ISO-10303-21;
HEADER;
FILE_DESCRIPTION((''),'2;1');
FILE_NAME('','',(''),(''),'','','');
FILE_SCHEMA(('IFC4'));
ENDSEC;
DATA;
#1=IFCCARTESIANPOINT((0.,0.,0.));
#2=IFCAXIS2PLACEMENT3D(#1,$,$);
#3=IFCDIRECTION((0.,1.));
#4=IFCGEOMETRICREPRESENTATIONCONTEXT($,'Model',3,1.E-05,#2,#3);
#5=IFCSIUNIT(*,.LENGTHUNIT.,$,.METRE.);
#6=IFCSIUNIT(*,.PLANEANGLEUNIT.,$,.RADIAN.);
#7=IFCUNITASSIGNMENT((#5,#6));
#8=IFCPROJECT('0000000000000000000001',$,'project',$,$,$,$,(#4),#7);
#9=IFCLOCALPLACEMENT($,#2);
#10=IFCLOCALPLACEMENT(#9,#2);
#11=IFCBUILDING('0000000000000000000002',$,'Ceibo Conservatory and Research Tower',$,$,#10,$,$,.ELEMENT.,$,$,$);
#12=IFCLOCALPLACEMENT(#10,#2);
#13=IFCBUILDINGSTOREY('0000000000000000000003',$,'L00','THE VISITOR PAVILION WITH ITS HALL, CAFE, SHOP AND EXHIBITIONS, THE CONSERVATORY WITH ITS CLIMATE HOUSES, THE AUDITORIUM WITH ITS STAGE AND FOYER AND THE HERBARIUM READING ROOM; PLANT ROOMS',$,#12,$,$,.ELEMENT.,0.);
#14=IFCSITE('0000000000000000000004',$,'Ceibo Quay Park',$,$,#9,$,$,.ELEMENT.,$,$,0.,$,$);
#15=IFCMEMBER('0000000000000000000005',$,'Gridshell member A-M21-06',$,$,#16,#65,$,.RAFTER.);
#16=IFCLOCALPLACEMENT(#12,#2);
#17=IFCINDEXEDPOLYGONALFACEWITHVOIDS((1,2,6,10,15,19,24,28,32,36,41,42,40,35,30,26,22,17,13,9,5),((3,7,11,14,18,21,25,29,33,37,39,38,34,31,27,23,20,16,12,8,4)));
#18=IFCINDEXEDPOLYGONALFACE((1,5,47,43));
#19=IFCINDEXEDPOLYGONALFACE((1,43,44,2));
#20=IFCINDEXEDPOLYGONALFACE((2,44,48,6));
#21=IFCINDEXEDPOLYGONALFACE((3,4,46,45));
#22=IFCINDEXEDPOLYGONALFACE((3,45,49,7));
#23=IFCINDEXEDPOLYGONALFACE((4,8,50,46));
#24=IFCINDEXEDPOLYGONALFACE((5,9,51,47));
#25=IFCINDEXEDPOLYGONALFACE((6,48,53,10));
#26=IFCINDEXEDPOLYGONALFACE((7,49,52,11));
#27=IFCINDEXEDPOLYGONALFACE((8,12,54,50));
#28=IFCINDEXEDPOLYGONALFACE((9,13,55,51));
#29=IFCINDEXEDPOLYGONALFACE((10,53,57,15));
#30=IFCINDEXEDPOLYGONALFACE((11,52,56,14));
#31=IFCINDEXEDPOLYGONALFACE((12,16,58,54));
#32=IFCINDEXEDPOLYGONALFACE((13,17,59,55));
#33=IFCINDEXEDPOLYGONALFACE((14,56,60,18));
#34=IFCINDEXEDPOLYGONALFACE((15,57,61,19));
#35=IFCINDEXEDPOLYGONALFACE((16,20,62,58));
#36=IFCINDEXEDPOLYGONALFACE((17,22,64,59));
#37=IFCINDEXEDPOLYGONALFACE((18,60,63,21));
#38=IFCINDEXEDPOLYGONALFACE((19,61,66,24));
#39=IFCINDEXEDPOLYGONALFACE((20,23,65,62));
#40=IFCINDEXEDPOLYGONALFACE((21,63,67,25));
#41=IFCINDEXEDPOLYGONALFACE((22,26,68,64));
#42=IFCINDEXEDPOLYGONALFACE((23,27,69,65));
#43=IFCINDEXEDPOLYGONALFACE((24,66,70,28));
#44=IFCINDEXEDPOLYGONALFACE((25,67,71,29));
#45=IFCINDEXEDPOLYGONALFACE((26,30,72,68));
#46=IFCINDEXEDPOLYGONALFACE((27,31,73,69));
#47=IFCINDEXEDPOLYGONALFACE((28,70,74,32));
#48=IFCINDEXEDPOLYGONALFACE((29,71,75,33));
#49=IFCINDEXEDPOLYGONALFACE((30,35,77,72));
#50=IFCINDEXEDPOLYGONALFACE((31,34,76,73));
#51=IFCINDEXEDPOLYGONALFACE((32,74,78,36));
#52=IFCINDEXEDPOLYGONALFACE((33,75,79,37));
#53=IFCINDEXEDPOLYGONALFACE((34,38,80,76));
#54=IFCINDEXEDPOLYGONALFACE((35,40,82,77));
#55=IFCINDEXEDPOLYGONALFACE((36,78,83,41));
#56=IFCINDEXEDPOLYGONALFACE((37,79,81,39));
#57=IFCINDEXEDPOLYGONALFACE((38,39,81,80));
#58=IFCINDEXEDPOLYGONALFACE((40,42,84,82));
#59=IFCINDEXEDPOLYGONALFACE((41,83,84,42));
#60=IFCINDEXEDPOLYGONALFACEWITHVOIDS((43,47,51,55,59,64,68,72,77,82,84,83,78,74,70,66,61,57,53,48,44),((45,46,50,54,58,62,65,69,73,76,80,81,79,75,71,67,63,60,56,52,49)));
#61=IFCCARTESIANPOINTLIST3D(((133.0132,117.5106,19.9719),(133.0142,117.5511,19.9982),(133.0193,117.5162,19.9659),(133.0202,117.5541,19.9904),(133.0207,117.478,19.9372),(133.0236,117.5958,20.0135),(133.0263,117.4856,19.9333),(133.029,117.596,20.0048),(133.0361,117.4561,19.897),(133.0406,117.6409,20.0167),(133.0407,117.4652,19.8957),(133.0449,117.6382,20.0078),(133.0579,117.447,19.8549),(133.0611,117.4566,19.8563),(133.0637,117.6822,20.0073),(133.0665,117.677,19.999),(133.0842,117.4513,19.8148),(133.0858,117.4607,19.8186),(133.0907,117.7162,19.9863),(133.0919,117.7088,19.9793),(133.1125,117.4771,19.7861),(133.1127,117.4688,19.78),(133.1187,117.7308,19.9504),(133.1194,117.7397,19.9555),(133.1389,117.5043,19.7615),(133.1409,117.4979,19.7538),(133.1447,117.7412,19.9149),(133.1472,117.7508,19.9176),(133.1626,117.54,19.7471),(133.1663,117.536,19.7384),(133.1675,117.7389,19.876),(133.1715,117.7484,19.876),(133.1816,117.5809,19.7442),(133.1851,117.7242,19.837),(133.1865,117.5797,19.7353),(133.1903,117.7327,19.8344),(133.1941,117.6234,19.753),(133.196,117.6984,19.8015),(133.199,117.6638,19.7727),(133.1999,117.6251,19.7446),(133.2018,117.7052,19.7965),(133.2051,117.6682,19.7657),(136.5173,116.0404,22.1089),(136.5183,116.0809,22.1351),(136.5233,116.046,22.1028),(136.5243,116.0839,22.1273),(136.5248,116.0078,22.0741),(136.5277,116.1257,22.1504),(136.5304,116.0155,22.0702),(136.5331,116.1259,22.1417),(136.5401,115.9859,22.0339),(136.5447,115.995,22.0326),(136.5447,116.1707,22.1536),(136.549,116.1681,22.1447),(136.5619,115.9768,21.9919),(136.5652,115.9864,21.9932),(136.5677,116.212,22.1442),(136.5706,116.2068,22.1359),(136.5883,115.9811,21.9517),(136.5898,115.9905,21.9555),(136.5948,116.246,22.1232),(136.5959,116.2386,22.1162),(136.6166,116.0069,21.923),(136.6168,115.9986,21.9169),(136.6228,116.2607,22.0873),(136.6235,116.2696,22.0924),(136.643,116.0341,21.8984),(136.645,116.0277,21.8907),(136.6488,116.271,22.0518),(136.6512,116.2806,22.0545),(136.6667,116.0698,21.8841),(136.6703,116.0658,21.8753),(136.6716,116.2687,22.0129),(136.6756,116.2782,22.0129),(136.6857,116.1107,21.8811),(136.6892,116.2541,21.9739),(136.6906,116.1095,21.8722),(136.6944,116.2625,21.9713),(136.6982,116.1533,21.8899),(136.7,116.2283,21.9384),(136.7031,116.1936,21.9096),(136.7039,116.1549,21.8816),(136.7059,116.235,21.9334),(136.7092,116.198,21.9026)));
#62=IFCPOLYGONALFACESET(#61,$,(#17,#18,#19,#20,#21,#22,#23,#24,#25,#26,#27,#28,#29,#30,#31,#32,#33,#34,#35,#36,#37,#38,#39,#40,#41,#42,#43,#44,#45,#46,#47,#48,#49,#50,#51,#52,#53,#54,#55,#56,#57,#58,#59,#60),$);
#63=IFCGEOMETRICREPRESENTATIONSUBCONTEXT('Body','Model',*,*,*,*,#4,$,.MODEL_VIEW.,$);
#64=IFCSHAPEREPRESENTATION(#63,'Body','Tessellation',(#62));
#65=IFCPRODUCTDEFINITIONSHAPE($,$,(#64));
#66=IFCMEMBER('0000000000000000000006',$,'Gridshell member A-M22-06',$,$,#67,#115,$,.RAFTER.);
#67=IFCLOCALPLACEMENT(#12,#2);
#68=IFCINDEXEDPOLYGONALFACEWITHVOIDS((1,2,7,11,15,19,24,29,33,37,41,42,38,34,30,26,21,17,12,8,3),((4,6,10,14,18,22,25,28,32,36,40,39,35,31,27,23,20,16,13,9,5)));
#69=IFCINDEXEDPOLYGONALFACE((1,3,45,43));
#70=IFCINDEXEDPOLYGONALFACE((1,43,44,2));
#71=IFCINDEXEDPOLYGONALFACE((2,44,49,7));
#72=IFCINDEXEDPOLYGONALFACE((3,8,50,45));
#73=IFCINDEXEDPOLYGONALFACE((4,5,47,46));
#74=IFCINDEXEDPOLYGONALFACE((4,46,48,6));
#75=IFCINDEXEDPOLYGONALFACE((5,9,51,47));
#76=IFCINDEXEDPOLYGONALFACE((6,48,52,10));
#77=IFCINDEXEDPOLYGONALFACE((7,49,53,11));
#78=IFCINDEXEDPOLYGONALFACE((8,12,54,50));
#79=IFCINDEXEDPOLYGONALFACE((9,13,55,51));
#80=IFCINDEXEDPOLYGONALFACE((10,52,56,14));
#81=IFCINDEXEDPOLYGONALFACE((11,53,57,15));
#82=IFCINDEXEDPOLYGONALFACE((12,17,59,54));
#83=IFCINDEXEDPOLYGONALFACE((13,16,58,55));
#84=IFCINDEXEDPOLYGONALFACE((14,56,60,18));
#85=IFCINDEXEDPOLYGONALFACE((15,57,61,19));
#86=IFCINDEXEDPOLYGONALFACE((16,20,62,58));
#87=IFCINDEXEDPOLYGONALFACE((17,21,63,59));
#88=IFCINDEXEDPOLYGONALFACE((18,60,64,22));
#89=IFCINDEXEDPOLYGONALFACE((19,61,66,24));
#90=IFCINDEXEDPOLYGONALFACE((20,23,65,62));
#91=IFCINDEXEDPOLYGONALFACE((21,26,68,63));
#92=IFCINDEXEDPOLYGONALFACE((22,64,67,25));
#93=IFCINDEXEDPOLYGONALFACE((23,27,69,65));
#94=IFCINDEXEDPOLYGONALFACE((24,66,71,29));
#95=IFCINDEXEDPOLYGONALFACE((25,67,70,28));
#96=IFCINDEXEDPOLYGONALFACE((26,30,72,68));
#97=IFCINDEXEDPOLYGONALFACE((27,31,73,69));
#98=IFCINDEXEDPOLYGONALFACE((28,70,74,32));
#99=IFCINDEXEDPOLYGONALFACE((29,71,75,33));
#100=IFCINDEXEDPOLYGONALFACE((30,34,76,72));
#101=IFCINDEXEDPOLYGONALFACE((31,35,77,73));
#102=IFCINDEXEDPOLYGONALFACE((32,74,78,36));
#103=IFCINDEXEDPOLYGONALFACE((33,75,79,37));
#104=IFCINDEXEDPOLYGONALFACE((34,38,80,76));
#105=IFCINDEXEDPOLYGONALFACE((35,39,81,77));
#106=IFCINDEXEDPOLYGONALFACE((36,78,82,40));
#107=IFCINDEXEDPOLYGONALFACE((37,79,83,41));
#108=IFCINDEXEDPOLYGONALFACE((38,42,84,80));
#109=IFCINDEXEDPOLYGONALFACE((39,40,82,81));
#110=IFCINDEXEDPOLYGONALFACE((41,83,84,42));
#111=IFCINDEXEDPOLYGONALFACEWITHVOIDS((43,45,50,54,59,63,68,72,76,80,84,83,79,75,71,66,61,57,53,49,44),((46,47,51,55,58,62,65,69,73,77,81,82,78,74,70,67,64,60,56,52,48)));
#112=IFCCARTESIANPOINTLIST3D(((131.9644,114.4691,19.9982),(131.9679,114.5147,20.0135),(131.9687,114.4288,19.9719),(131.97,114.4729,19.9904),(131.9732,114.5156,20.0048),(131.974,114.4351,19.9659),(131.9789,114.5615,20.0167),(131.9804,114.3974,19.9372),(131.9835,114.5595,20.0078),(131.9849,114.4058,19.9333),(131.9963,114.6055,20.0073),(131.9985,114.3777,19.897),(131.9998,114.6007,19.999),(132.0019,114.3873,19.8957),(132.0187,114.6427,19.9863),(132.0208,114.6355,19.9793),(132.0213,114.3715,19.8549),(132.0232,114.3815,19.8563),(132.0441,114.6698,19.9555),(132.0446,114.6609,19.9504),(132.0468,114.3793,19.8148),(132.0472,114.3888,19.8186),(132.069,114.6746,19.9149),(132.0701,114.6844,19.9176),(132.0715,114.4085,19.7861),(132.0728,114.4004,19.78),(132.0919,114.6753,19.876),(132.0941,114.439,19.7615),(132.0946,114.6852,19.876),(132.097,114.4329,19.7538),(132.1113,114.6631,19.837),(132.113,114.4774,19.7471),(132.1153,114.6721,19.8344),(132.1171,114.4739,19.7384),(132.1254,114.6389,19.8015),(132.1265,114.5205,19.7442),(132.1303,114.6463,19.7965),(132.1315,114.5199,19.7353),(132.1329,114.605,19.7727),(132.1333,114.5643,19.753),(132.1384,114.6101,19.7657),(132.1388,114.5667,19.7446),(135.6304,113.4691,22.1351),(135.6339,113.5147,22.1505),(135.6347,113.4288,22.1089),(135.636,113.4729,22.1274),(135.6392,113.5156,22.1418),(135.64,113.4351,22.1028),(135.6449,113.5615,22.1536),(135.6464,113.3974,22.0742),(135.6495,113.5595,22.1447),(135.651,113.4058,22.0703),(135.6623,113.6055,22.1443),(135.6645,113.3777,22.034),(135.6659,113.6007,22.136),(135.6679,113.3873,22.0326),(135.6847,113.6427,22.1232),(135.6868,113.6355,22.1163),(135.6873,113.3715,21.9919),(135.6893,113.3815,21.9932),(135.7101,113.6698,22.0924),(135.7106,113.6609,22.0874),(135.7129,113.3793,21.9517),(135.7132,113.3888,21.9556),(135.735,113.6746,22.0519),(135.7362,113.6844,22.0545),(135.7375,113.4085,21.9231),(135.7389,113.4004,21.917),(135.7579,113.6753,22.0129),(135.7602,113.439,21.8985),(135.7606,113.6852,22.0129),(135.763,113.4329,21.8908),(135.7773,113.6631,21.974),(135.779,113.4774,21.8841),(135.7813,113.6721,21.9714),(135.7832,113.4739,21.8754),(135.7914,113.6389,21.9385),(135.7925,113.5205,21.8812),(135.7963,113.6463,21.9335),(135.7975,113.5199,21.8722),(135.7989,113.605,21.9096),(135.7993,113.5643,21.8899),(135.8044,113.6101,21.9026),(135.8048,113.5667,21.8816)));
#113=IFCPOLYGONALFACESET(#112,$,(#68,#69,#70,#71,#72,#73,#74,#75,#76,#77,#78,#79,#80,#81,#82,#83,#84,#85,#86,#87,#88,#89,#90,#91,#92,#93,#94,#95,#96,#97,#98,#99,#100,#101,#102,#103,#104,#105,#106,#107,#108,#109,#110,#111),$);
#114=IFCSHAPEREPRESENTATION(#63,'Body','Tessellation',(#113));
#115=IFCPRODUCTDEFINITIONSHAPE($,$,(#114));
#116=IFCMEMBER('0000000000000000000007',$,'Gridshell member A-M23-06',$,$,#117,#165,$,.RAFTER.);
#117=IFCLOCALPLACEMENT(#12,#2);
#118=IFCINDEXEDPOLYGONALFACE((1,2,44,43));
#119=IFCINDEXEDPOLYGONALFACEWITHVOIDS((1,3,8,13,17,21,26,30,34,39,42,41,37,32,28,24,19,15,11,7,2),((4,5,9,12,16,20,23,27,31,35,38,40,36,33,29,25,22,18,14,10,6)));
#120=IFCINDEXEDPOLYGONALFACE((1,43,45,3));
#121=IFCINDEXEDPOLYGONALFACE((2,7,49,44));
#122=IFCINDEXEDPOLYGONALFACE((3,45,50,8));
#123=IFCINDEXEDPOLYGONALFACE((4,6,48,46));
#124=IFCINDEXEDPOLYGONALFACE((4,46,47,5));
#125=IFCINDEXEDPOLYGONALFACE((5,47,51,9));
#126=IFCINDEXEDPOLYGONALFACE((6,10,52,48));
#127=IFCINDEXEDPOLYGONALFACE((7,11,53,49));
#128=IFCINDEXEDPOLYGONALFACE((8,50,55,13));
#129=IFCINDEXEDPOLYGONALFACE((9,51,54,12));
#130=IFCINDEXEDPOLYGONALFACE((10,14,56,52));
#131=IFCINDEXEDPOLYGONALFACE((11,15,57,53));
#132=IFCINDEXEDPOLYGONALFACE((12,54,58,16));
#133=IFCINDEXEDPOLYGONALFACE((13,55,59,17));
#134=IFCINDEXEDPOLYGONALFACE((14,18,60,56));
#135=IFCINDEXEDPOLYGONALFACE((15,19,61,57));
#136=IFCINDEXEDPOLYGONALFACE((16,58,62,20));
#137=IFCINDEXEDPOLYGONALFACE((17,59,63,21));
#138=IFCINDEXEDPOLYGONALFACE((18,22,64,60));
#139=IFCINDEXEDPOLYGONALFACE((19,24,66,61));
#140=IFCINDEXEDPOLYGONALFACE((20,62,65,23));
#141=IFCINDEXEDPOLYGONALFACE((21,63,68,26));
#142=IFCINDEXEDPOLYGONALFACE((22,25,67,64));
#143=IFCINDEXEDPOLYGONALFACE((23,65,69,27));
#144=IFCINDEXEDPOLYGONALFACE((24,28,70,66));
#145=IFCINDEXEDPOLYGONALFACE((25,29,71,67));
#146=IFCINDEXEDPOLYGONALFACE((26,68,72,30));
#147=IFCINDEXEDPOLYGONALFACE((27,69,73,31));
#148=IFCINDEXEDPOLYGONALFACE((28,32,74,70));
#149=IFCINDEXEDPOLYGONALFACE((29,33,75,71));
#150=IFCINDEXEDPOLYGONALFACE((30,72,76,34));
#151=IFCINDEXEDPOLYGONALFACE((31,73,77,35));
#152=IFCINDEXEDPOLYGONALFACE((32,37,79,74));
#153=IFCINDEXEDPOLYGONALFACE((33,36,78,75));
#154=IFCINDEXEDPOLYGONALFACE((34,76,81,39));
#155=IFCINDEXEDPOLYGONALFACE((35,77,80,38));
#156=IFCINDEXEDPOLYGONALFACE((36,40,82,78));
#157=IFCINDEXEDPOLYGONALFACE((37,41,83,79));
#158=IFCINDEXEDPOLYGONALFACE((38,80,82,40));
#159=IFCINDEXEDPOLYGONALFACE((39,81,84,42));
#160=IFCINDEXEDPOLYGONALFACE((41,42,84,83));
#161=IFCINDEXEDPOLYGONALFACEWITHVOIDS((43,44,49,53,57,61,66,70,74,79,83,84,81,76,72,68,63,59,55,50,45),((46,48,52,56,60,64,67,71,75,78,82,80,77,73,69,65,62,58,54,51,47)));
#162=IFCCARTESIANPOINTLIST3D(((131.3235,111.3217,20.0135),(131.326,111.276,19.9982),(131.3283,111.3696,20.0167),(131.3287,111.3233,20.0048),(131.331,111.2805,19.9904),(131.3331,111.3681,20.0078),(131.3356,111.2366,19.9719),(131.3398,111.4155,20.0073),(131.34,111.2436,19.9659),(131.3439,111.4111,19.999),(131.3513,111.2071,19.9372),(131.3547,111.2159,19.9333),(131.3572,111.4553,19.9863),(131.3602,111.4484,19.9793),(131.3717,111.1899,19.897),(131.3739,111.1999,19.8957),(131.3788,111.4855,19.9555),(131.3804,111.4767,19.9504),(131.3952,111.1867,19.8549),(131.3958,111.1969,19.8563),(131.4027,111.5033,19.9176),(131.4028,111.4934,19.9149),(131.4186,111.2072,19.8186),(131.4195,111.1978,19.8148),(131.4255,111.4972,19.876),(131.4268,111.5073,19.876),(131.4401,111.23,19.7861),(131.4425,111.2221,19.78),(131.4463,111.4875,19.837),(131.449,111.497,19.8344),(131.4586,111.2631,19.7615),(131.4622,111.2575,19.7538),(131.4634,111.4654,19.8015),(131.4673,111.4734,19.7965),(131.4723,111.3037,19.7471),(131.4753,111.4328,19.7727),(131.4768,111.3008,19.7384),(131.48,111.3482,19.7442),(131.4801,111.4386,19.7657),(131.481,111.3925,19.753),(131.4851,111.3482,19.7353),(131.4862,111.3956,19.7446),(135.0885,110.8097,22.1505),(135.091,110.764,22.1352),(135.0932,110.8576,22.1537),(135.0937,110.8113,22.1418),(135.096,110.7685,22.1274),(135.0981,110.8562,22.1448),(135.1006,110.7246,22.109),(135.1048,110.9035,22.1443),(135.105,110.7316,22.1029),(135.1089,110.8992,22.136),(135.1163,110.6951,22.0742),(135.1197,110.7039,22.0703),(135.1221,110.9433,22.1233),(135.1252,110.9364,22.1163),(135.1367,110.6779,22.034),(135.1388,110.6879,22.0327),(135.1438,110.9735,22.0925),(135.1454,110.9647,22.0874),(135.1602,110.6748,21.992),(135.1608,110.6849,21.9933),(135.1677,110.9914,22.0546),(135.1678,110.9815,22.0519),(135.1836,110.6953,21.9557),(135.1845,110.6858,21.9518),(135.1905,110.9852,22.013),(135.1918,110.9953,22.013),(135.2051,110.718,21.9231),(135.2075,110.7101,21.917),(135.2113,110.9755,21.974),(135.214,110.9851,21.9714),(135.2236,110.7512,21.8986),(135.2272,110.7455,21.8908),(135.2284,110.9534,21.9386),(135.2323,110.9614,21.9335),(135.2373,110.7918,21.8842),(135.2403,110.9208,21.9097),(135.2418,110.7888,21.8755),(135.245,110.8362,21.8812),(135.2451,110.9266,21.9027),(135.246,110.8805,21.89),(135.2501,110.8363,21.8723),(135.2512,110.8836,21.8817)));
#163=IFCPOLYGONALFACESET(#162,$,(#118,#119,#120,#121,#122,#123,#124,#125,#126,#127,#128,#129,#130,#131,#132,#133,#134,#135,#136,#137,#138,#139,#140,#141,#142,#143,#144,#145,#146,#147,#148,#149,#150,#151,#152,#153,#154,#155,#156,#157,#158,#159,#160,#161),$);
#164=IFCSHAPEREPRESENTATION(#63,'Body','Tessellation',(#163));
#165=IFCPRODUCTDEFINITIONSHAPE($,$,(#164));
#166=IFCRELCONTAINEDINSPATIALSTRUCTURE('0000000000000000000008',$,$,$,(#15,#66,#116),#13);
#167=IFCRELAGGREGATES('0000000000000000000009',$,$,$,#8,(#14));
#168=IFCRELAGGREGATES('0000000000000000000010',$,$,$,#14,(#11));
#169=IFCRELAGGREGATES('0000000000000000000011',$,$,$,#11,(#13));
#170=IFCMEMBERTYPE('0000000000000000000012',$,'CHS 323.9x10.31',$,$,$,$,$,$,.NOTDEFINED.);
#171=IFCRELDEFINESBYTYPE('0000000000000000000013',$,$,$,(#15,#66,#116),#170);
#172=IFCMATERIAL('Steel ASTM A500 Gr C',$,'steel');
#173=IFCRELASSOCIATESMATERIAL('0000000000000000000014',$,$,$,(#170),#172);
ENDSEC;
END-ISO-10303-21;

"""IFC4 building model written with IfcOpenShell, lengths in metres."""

from ifc_helpers import new_model, si_unit, direction, frame, origin, origin_2d, place, context, subcontext, project, spatial, hollow_circle, extrude, material, material_profile, profile_set, type_object, element, save


model = new_model("IFC4")

# Units and contexts
model_context = context("Model", 3, precision=1e-05, world=origin(), true_north=direction((0.0, 1.0)))
body_context = subcontext(model_context, "Body", "Model", "MODEL_VIEW")
ifc_project = project(units=[si_unit("LENGTHUNIT", "METRE"), si_unit("PLANEANGLEUNIT", "RADIAN")], contexts=[model_context])

# Site, building, storey
site_placement = place(None, origin())
site = spatial("IfcSite", under=ifc_project, at=site_placement, Name="Ceibo Quay Park", CompositionType="ELEMENT", RefElevation=0.0)
building_placement = place(site_placement, origin())
building = spatial("IfcBuilding", under=site, at=building_placement, Name="Ceibo Conservatory and Research Tower", CompositionType="ELEMENT")
storey_placement = place(building_placement, origin())
storey = spatial("IfcBuildingStorey", under=building, at=storey_placement, Name="L00", Description="THE VISITOR PAVILION WITH ITS HALL, CAFE, SHOP AND EXHIBITIONS, THE CONSERVATORY WITH ITS CLIMATE HOUSES, THE AUDITORIUM WITH ITS STAGE AND FOYER AND THE HERBARIUM READING ROOM; PLANT ROOMS", CompositionType="ELEMENT", Elevation=0.0)

# Members
ifc_material_1 = material(Name="Steel ASTM A500 Gr C", Category="steel")
ifc_material_profile_1 = material_profile(ifc_material_1, hollow_circle(Radius=0.1619, WallThickness=0.0103, at=origin_2d()), Name="CHS 323.9x10.31")
ifc_profile_set_1 = profile_set([ifc_material_profile_1], Name="Steel ASTM A500 Gr C")
member_type_1 = type_object("IfcMemberType", Name="CHS 323.9x10.31", PredefinedType="NOTDEFINED", material=ifc_profile_set_1)
for number, where, z_axis, x_axis, name in (
    (1, (133.1089, 117.5991, 19.876), (0.803755, -0.337226, 0.49016), (0.386891, 0.922126, 0.0), "Gridshell member A-M21-06"),
    (2, (132.052, 114.5291, 19.876), (0.840903, -0.229378, 0.490172), (0.263161, 0.964752, 0.0), "Gridshell member A-M22-06"),
):
    element("IfcMember", number, at=place(storey_placement, frame(where, z_axis=z_axis, x_axis=x_axis)), inside=storey, type_object=member_type_1, Name=name, PredefinedType="RAFTER", context=body_context, shape_type="SweptSolid", body=[
        extrude(hollow_circle(Radius=0.1619, WallThickness=0.0103, at=origin_2d()), origin(), (0.0, 0.0, 1.0), 4.3596),
    ])
member_1_placement = place(storey_placement, frame((131.405, 111.3469, 19.876), z_axis=(0.863654, -0.117443, 0.490213), x_axis=(0.134743, 0.990881, 0.0)))
element("IfcMember", 3, at=member_1_placement, inside=storey, type_object=member_type_1, Name="Gridshell member A-M23-06", PredefinedType="RAFTER", context=body_context, shape_type="SweptSolid", body=[
    extrude(hollow_circle(Radius=0.1619, WallThickness=0.0103, at=origin_2d()), origin(), (0.0, 0.0, 1.0), 4.3594),
])

save(model, "model.ifc")
